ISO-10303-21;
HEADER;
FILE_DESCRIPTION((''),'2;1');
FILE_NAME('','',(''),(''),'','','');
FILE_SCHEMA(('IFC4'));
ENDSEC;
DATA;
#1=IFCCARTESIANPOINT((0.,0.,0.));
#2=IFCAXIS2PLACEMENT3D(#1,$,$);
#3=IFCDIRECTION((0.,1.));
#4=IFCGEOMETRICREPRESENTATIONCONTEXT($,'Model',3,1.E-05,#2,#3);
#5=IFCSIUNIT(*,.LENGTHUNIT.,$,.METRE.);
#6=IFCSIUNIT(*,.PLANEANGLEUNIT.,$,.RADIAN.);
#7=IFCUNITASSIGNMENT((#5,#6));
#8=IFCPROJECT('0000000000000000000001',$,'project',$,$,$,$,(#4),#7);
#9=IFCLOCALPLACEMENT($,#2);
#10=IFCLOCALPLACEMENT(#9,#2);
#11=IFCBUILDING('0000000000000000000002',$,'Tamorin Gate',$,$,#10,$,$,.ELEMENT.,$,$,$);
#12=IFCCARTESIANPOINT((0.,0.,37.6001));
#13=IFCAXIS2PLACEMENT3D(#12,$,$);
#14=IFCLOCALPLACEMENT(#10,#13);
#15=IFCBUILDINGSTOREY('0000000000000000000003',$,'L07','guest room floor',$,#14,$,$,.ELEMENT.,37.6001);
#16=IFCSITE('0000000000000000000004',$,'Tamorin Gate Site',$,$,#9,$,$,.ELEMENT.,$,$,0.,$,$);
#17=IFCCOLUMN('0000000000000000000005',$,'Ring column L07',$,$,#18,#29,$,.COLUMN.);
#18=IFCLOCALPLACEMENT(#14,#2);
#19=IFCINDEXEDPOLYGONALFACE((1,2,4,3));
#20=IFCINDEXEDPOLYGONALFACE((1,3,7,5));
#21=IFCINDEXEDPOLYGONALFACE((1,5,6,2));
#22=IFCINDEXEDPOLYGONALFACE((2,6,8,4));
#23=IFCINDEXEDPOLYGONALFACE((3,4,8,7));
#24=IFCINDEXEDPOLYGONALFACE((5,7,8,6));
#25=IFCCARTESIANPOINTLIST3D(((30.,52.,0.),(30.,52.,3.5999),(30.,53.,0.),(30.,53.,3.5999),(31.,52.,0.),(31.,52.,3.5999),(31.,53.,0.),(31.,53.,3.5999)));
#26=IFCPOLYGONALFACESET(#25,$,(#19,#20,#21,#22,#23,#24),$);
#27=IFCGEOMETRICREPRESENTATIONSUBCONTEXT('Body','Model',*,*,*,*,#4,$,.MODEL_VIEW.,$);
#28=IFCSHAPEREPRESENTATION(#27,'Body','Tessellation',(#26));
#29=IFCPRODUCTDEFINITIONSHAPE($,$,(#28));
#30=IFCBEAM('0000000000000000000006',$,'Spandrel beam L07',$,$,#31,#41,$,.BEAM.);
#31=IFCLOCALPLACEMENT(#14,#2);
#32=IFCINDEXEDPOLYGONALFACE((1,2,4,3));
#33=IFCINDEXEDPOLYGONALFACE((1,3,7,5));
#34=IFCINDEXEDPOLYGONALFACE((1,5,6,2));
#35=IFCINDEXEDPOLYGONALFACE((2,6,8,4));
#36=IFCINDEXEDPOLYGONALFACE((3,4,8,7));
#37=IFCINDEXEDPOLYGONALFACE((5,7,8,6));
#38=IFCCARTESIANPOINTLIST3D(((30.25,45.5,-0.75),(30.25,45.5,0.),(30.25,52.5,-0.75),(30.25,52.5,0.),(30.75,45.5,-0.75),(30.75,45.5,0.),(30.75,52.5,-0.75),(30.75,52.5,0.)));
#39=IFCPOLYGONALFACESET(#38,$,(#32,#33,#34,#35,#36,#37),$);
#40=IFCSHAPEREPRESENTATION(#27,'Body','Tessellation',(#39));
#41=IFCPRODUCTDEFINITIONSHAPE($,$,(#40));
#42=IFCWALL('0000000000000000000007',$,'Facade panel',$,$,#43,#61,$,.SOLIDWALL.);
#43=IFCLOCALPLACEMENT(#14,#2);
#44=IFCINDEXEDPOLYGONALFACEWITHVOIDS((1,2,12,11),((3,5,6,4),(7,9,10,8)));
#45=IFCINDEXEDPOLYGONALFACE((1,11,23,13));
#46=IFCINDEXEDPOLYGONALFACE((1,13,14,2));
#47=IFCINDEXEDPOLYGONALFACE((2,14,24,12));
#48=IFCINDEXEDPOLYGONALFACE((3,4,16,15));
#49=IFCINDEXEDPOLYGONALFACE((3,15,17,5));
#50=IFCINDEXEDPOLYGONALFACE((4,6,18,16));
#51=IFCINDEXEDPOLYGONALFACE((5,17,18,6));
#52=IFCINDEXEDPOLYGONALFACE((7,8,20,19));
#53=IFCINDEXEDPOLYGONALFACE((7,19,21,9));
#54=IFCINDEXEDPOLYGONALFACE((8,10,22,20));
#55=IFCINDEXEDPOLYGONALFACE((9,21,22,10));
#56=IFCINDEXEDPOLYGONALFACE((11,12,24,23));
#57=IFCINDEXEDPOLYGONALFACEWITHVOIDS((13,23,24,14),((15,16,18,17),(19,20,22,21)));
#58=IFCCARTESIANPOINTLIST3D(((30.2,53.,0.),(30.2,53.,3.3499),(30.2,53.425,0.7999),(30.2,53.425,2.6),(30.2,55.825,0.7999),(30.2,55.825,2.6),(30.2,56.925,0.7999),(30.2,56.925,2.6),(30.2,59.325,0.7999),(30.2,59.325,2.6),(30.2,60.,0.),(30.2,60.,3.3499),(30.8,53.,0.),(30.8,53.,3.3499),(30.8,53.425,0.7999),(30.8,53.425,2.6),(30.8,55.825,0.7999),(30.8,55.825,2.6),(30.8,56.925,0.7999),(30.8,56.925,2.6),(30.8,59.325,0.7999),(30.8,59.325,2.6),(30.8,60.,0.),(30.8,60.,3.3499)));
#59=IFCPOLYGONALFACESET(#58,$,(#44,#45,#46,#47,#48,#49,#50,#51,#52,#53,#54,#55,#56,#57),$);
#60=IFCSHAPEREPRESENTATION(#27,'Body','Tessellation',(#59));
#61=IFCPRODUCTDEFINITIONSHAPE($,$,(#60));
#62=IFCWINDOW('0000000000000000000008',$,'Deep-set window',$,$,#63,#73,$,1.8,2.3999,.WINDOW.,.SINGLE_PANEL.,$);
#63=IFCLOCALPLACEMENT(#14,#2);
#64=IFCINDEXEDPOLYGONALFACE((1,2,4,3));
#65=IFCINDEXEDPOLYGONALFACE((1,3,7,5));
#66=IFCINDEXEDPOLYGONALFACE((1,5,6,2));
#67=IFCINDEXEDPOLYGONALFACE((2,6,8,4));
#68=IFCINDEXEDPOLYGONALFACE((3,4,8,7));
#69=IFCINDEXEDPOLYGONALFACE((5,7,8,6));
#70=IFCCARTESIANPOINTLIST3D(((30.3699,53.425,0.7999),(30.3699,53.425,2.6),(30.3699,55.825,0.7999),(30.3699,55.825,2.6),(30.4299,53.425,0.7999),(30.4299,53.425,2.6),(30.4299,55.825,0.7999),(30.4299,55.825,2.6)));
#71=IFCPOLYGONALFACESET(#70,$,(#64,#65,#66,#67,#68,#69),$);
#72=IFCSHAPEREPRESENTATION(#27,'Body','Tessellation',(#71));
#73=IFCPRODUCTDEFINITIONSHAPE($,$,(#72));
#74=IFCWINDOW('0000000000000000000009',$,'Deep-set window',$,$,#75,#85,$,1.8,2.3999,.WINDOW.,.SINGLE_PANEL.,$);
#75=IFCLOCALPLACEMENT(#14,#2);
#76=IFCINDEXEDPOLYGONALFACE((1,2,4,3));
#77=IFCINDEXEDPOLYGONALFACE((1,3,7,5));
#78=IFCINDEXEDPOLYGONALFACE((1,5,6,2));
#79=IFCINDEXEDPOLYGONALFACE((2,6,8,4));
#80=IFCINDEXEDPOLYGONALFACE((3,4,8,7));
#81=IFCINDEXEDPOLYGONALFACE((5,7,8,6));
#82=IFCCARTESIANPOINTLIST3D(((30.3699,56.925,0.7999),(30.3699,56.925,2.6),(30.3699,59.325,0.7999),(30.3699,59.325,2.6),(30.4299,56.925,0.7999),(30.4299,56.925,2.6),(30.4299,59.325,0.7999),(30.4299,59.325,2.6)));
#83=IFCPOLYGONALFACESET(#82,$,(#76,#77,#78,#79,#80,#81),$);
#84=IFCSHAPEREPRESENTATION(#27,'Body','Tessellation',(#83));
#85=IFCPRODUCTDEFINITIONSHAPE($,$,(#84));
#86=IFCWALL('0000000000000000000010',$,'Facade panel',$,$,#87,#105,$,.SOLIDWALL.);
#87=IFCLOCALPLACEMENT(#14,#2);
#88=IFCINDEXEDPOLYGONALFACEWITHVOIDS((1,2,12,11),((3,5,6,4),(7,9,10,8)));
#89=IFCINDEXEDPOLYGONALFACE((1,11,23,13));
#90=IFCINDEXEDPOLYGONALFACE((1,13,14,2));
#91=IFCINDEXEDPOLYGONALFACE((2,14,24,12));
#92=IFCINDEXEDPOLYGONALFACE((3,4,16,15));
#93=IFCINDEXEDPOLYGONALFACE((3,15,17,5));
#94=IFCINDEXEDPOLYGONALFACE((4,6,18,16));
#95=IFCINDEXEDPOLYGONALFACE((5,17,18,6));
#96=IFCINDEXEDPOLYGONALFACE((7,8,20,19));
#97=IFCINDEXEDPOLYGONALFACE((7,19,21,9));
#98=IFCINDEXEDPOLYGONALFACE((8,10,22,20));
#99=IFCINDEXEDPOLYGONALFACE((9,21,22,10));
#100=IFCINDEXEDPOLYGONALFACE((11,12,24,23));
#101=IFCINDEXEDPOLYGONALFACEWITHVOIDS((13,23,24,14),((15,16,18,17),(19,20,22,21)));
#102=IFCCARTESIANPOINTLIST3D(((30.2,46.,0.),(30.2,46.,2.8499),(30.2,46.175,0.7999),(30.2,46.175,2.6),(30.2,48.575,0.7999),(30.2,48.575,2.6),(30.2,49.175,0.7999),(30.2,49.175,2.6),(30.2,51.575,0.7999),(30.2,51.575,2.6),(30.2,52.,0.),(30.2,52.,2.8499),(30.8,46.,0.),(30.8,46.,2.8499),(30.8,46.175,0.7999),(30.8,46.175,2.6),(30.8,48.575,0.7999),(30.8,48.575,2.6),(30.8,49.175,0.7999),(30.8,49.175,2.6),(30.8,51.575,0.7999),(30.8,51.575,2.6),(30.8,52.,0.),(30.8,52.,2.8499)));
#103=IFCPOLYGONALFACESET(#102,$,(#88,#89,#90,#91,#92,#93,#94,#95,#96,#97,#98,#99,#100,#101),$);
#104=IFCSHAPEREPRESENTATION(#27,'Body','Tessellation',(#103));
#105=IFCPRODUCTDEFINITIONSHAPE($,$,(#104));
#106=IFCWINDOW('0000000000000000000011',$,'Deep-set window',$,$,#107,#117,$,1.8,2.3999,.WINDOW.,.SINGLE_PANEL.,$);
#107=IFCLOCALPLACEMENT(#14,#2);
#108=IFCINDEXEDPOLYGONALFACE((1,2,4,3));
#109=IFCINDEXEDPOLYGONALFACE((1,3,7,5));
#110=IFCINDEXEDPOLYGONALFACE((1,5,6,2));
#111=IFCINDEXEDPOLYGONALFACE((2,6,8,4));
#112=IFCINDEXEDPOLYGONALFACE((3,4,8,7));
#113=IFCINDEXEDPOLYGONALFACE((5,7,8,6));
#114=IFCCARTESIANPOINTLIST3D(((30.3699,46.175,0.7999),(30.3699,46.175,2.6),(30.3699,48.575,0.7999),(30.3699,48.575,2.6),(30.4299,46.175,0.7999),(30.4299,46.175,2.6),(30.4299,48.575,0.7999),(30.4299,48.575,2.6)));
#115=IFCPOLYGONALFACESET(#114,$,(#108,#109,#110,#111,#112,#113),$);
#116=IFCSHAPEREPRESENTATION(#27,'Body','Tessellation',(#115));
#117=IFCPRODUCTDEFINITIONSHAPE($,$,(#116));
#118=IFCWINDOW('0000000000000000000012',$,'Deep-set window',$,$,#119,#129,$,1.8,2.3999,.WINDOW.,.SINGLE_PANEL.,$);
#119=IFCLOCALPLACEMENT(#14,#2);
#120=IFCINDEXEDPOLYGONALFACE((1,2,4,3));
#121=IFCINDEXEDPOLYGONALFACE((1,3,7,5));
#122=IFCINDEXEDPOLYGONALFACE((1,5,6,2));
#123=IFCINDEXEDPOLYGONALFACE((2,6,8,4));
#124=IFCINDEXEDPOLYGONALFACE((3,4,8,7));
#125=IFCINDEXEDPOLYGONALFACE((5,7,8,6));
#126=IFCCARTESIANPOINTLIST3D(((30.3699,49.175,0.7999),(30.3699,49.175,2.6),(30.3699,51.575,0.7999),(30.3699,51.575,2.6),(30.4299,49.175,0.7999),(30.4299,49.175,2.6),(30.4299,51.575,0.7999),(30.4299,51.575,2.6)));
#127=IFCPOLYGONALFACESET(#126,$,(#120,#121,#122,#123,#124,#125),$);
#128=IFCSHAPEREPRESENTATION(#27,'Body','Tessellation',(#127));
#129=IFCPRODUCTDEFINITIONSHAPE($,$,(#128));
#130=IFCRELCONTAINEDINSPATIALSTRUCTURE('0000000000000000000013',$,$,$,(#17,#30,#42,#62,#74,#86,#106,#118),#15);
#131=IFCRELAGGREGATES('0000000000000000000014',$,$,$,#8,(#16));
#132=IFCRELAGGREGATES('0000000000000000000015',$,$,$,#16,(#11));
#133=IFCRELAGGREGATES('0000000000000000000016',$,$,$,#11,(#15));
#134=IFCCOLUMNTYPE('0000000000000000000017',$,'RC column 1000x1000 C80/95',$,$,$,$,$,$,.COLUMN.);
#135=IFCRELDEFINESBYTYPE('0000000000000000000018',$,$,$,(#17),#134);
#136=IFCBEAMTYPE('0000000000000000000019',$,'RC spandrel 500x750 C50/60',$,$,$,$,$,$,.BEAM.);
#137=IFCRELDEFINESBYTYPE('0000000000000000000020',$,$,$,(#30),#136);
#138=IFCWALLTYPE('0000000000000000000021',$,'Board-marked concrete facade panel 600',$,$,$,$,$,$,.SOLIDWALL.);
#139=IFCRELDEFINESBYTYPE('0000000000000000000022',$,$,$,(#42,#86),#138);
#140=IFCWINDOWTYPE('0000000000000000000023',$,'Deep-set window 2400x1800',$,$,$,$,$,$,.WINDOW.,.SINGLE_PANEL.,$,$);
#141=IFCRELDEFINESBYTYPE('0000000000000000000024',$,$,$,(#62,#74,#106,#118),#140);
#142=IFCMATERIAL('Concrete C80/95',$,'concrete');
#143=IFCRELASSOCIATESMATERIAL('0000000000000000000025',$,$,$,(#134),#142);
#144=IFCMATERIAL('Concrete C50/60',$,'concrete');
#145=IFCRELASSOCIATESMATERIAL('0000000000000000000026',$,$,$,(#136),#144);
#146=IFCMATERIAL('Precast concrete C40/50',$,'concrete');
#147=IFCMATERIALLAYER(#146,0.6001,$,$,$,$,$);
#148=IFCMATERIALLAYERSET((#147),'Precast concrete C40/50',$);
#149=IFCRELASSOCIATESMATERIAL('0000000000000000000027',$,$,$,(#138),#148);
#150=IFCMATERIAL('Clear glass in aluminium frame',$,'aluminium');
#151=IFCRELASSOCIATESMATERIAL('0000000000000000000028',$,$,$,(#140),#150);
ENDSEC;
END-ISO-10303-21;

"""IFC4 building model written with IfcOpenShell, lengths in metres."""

from ifc_helpers import new_model, si_unit, direction, frame, frame_2d, origin, origin_2d, place, context, subcontext, project, spatial, rectangle, extrude, material, layer, layer_set, material_profile, profile_set, type_object, element, fill, save


model = new_model("IFC4")

# Units and contexts
model_context = context("Model", 3, precision=1e-05, world=origin(), true_north=direction((0.0, 1.0)))
body_context = subcontext(model_context, "Body", "Model", "MODEL_VIEW")
ifc_project = project(units=[si_unit("LENGTHUNIT", "METRE"), si_unit("PLANEANGLEUNIT", "RADIAN")], contexts=[model_context])

# Site, building, storey
site_placement = place(None, origin())
site = spatial("IfcSite", under=ifc_project, at=site_placement, Name="Tamorin Gate Site", CompositionType="ELEMENT", RefElevation=0.0)
building_placement = place(site_placement, origin())
building = spatial("IfcBuilding", under=site, at=building_placement, Name="Tamorin Gate", CompositionType="ELEMENT")
storey_placement = place(building_placement, frame((0.0, 0.0, 37.6001)))
storey = spatial("IfcBuildingStorey", under=building, at=storey_placement, Name="L07", Description="guest room floor", CompositionType="ELEMENT", Elevation=37.6001)

# Column
ifc_material_1 = material(Name="Concrete C80/95", Category="concrete")
ifc_material_profile_1 = material_profile(ifc_material_1, rectangle(XDim=1.0, YDim=1.0, at=origin_2d()), Name="RC 1000x1000")
ifc_profile_set_1 = profile_set([ifc_material_profile_1], Name="Concrete C80/95")
column_type = type_object("IfcColumnType", Name="RC column 1000x1000 C80/95", PredefinedType="COLUMN", material=ifc_profile_set_1)
column_placement = place(storey_placement, frame((30.5, 52.5, 0.0), z_axis=(0.0, 0.0, 1.0), x_axis=(1.0, 0.0, 0.0)))
element("IfcColumn", 1, at=column_placement, inside=storey, type_object=column_type, Name="Ring column L07", PredefinedType="COLUMN", context=body_context, shape_type="SweptSolid", body=[
    extrude(rectangle(XDim=1.0, YDim=1.0, at=origin_2d()), origin(), (0.0, 0.0, 1.0), 3.5999),
])

# Beam
ifc_material_2 = material(Name="Concrete C50/60", Category="concrete")
ifc_material_profile_2 = material_profile(ifc_material_2, rectangle(XDim=0.5, YDim=0.75, at=origin_2d()), Name="RC 500x750")
ifc_profile_set_2 = profile_set([ifc_material_profile_2], Name="Concrete C50/60")
beam_type = type_object("IfcBeamType", Name="RC spandrel 500x750 C50/60", PredefinedType="BEAM", material=ifc_profile_set_2)
beam_placement = place(storey_placement, frame((30.5, 52.5, -0.375), z_axis=(0.0, -1.0, 0.0), x_axis=(1.0, 0.0, 0.0)))
element("IfcBeam", 2, at=beam_placement, inside=storey, type_object=beam_type, Name="Spandrel beam L07", PredefinedType="BEAM", context=body_context, shape_type="SweptSolid", body=[
    extrude(rectangle(XDim=0.5, YDim=0.75, at=origin_2d()), origin(), (0.0, 0.0, 1.0), 7.0),
])

# Walls, openings, windows
ifc_material_3 = material(Name="Precast concrete C40/50", Category="concrete")
ifc_layer_1 = layer(ifc_material_3, 0.6001)
ifc_layer_set_1 = layer_set([ifc_layer_1], Name="Precast concrete C40/50")
wall_type_1 = type_object("IfcWallType", Name="Board-marked concrete facade panel 600", PredefinedType="SOLIDWALL", material=ifc_layer_set_1)
wall_1_placement = place(storey_placement, frame((30.5, 60.0, 0.0), z_axis=(0.0, 0.0, 1.0), x_axis=(0.0, -1.0, 0.0)))
wall_1 = element("IfcWall", 3, at=wall_1_placement, inside=storey, type_object=wall_type_1, Name="Facade panel", PredefinedType="SOLIDWALL", context=body_context, shape_type="SweptSolid", body=[
    extrude(rectangle(XDim=7.0, YDim=0.6001, at=frame_2d((3.5, 0.0))), origin(), (0.0, 0.0, 1.0), 3.3499),
])
opening_1_placement = place(wall_1_placement, frame((4.175, 0.0, 0.8)))
opening_1 = element("IfcOpeningElement", 4, at=opening_1_placement, cuts=wall_1, PredefinedType="OPENING", context=body_context, shape_type="SweptSolid", body=[
    extrude(rectangle(XDim=2.3999, YDim=1.8, at=frame_2d((1.2, 0.8999))), frame((0.0, 0.3101, 0.0), z_axis=(0.0, -1.0, 0.0), x_axis=(1.0, 0.0, 0.0)), (0.0, 0.0, 1.0), 0.6201),
])
opening_2_placement = place(wall_1_placement, frame((0.675, 0.0, 0.8)))
opening_2 = element("IfcOpeningElement", 5, at=opening_2_placement, cuts=wall_1, PredefinedType="OPENING", context=body_context, shape_type="SweptSolid", body=[
    extrude(rectangle(XDim=2.3999, YDim=1.8, at=frame_2d((1.2, 0.8999))), frame((0.0, 0.3101, 0.0), z_axis=(0.0, -1.0, 0.0), x_axis=(1.0, 0.0, 0.0)), (0.0, 0.0, 1.0), 0.6201),
])
ifc_material_4 = material(Name="Clear glass in aluminium frame", Category="aluminium")
window_type = type_object("IfcWindowType", Name="Deep-set window 2400x1800", PartitioningType="SINGLE_PANEL", PredefinedType="WINDOW", material=ifc_material_4)
window_1_placement = place(opening_1_placement, origin())
window_1 = element("IfcWindow", 6, at=window_1_placement, inside=storey, type_object=window_type, Name="Deep-set window", OverallHeight=1.8, OverallWidth=2.3999, PartitioningType="SINGLE_PANEL", PredefinedType="WINDOW", context=body_context, shape_type="SweptSolid", body=[
    extrude(rectangle(XDim=2.3999, YDim=1.8, at=frame_2d((1.2, 0.8999))), frame((0.0, -0.0701, 0.0), z_axis=(0.0, -1.0, 0.0), x_axis=(1.0, 0.0, 0.0)), (0.0, 0.0, 1.0), 0.0601),
])
fill(opening_1, window_1)
window_2_placement = place(opening_2_placement, origin())
window_2 = element("IfcWindow", 7, at=window_2_placement, inside=storey, type_object=window_type, Name="Deep-set window", OverallHeight=1.8, OverallWidth=2.3999, PartitioningType="SINGLE_PANEL", PredefinedType="WINDOW", context=body_context, shape_type="SweptSolid", body=[
    extrude(rectangle(XDim=2.3999, YDim=1.8, at=frame_2d((1.2, 0.8999))), frame((0.0, -0.0701, 0.0), z_axis=(0.0, -1.0, 0.0), x_axis=(1.0, 0.0, 0.0)), (0.0, 0.0, 1.0), 0.0601),
])
fill(opening_2, window_2)
wall_2_placement = place(storey_placement, frame((30.5, 52.0, 0.0), z_axis=(0.0, 0.0, 1.0), x_axis=(0.0, -1.0, 0.0)))
wall_2 = element("IfcWall", 8, at=wall_2_placement, inside=storey, type_object=wall_type_1, Name="Facade panel", PredefinedType="SOLIDWALL", context=body_context, shape_type="SweptSolid", body=[
    extrude(rectangle(XDim=6.0, YDim=0.6001, at=frame_2d((3.0, 0.0))), origin(), (0.0, 0.0, 1.0), 2.8499),
])
opening_3_placement = place(wall_2_placement, frame((3.425, 0.0, 0.8)))
opening_3 = element("IfcOpeningElement", 9, at=opening_3_placement, cuts=wall_2, PredefinedType="OPENING", context=body_context, shape_type="SweptSolid", body=[
    extrude(rectangle(XDim=2.3999, YDim=1.8, at=frame_2d((1.2, 0.8999))), frame((0.0, 0.3101, 0.0), z_axis=(0.0, -1.0, 0.0), x_axis=(1.0, 0.0, 0.0)), (0.0, 0.0, 1.0), 0.6201),
])
opening_4_placement = place(wall_2_placement, frame((0.425, 0.0, 0.8)))
opening_4 = element("IfcOpeningElement", 10, at=opening_4_placement, cuts=wall_2, PredefinedType="OPENING", context=body_context, shape_type="SweptSolid", body=[
    extrude(rectangle(XDim=2.3999, YDim=1.8, at=frame_2d((1.2, 0.8999))), frame((0.0, 0.3101, 0.0), z_axis=(0.0, -1.0, 0.0), x_axis=(1.0, 0.0, 0.0)), (0.0, 0.0, 1.0), 0.6201),
])
window_3_placement = place(opening_3_placement, origin())
window_3 = element("IfcWindow", 11, at=window_3_placement, inside=storey, type_object=window_type, Name="Deep-set window", OverallHeight=1.8, OverallWidth=2.3999, PartitioningType="SINGLE_PANEL", PredefinedType="WINDOW", context=body_context, shape_type="SweptSolid", body=[
    extrude(rectangle(XDim=2.3999, YDim=1.8, at=frame_2d((1.2, 0.8999))), frame((0.0, -0.0701, 0.0), z_axis=(0.0, -1.0, 0.0), x_axis=(1.0, 0.0, 0.0)), (0.0, 0.0, 1.0), 0.0601),
])
fill(opening_3, window_3)
window_4_placement = place(opening_4_placement, origin())
window_4 = element("IfcWindow", 12, at=window_4_placement, inside=storey, type_object=window_type, Name="Deep-set window", OverallHeight=1.8, OverallWidth=2.3999, PartitioningType="SINGLE_PANEL", PredefinedType="WINDOW", context=body_context, shape_type="SweptSolid", body=[
    extrude(rectangle(XDim=2.3999, YDim=1.8, at=frame_2d((1.2, 0.8999))), frame((0.0, -0.0701, 0.0), z_axis=(0.0, -1.0, 0.0), x_axis=(1.0, 0.0, 0.0)), (0.0, 0.0, 1.0), 0.0601),
])
fill(opening_4, window_4)

save(model, "model.ifc")
